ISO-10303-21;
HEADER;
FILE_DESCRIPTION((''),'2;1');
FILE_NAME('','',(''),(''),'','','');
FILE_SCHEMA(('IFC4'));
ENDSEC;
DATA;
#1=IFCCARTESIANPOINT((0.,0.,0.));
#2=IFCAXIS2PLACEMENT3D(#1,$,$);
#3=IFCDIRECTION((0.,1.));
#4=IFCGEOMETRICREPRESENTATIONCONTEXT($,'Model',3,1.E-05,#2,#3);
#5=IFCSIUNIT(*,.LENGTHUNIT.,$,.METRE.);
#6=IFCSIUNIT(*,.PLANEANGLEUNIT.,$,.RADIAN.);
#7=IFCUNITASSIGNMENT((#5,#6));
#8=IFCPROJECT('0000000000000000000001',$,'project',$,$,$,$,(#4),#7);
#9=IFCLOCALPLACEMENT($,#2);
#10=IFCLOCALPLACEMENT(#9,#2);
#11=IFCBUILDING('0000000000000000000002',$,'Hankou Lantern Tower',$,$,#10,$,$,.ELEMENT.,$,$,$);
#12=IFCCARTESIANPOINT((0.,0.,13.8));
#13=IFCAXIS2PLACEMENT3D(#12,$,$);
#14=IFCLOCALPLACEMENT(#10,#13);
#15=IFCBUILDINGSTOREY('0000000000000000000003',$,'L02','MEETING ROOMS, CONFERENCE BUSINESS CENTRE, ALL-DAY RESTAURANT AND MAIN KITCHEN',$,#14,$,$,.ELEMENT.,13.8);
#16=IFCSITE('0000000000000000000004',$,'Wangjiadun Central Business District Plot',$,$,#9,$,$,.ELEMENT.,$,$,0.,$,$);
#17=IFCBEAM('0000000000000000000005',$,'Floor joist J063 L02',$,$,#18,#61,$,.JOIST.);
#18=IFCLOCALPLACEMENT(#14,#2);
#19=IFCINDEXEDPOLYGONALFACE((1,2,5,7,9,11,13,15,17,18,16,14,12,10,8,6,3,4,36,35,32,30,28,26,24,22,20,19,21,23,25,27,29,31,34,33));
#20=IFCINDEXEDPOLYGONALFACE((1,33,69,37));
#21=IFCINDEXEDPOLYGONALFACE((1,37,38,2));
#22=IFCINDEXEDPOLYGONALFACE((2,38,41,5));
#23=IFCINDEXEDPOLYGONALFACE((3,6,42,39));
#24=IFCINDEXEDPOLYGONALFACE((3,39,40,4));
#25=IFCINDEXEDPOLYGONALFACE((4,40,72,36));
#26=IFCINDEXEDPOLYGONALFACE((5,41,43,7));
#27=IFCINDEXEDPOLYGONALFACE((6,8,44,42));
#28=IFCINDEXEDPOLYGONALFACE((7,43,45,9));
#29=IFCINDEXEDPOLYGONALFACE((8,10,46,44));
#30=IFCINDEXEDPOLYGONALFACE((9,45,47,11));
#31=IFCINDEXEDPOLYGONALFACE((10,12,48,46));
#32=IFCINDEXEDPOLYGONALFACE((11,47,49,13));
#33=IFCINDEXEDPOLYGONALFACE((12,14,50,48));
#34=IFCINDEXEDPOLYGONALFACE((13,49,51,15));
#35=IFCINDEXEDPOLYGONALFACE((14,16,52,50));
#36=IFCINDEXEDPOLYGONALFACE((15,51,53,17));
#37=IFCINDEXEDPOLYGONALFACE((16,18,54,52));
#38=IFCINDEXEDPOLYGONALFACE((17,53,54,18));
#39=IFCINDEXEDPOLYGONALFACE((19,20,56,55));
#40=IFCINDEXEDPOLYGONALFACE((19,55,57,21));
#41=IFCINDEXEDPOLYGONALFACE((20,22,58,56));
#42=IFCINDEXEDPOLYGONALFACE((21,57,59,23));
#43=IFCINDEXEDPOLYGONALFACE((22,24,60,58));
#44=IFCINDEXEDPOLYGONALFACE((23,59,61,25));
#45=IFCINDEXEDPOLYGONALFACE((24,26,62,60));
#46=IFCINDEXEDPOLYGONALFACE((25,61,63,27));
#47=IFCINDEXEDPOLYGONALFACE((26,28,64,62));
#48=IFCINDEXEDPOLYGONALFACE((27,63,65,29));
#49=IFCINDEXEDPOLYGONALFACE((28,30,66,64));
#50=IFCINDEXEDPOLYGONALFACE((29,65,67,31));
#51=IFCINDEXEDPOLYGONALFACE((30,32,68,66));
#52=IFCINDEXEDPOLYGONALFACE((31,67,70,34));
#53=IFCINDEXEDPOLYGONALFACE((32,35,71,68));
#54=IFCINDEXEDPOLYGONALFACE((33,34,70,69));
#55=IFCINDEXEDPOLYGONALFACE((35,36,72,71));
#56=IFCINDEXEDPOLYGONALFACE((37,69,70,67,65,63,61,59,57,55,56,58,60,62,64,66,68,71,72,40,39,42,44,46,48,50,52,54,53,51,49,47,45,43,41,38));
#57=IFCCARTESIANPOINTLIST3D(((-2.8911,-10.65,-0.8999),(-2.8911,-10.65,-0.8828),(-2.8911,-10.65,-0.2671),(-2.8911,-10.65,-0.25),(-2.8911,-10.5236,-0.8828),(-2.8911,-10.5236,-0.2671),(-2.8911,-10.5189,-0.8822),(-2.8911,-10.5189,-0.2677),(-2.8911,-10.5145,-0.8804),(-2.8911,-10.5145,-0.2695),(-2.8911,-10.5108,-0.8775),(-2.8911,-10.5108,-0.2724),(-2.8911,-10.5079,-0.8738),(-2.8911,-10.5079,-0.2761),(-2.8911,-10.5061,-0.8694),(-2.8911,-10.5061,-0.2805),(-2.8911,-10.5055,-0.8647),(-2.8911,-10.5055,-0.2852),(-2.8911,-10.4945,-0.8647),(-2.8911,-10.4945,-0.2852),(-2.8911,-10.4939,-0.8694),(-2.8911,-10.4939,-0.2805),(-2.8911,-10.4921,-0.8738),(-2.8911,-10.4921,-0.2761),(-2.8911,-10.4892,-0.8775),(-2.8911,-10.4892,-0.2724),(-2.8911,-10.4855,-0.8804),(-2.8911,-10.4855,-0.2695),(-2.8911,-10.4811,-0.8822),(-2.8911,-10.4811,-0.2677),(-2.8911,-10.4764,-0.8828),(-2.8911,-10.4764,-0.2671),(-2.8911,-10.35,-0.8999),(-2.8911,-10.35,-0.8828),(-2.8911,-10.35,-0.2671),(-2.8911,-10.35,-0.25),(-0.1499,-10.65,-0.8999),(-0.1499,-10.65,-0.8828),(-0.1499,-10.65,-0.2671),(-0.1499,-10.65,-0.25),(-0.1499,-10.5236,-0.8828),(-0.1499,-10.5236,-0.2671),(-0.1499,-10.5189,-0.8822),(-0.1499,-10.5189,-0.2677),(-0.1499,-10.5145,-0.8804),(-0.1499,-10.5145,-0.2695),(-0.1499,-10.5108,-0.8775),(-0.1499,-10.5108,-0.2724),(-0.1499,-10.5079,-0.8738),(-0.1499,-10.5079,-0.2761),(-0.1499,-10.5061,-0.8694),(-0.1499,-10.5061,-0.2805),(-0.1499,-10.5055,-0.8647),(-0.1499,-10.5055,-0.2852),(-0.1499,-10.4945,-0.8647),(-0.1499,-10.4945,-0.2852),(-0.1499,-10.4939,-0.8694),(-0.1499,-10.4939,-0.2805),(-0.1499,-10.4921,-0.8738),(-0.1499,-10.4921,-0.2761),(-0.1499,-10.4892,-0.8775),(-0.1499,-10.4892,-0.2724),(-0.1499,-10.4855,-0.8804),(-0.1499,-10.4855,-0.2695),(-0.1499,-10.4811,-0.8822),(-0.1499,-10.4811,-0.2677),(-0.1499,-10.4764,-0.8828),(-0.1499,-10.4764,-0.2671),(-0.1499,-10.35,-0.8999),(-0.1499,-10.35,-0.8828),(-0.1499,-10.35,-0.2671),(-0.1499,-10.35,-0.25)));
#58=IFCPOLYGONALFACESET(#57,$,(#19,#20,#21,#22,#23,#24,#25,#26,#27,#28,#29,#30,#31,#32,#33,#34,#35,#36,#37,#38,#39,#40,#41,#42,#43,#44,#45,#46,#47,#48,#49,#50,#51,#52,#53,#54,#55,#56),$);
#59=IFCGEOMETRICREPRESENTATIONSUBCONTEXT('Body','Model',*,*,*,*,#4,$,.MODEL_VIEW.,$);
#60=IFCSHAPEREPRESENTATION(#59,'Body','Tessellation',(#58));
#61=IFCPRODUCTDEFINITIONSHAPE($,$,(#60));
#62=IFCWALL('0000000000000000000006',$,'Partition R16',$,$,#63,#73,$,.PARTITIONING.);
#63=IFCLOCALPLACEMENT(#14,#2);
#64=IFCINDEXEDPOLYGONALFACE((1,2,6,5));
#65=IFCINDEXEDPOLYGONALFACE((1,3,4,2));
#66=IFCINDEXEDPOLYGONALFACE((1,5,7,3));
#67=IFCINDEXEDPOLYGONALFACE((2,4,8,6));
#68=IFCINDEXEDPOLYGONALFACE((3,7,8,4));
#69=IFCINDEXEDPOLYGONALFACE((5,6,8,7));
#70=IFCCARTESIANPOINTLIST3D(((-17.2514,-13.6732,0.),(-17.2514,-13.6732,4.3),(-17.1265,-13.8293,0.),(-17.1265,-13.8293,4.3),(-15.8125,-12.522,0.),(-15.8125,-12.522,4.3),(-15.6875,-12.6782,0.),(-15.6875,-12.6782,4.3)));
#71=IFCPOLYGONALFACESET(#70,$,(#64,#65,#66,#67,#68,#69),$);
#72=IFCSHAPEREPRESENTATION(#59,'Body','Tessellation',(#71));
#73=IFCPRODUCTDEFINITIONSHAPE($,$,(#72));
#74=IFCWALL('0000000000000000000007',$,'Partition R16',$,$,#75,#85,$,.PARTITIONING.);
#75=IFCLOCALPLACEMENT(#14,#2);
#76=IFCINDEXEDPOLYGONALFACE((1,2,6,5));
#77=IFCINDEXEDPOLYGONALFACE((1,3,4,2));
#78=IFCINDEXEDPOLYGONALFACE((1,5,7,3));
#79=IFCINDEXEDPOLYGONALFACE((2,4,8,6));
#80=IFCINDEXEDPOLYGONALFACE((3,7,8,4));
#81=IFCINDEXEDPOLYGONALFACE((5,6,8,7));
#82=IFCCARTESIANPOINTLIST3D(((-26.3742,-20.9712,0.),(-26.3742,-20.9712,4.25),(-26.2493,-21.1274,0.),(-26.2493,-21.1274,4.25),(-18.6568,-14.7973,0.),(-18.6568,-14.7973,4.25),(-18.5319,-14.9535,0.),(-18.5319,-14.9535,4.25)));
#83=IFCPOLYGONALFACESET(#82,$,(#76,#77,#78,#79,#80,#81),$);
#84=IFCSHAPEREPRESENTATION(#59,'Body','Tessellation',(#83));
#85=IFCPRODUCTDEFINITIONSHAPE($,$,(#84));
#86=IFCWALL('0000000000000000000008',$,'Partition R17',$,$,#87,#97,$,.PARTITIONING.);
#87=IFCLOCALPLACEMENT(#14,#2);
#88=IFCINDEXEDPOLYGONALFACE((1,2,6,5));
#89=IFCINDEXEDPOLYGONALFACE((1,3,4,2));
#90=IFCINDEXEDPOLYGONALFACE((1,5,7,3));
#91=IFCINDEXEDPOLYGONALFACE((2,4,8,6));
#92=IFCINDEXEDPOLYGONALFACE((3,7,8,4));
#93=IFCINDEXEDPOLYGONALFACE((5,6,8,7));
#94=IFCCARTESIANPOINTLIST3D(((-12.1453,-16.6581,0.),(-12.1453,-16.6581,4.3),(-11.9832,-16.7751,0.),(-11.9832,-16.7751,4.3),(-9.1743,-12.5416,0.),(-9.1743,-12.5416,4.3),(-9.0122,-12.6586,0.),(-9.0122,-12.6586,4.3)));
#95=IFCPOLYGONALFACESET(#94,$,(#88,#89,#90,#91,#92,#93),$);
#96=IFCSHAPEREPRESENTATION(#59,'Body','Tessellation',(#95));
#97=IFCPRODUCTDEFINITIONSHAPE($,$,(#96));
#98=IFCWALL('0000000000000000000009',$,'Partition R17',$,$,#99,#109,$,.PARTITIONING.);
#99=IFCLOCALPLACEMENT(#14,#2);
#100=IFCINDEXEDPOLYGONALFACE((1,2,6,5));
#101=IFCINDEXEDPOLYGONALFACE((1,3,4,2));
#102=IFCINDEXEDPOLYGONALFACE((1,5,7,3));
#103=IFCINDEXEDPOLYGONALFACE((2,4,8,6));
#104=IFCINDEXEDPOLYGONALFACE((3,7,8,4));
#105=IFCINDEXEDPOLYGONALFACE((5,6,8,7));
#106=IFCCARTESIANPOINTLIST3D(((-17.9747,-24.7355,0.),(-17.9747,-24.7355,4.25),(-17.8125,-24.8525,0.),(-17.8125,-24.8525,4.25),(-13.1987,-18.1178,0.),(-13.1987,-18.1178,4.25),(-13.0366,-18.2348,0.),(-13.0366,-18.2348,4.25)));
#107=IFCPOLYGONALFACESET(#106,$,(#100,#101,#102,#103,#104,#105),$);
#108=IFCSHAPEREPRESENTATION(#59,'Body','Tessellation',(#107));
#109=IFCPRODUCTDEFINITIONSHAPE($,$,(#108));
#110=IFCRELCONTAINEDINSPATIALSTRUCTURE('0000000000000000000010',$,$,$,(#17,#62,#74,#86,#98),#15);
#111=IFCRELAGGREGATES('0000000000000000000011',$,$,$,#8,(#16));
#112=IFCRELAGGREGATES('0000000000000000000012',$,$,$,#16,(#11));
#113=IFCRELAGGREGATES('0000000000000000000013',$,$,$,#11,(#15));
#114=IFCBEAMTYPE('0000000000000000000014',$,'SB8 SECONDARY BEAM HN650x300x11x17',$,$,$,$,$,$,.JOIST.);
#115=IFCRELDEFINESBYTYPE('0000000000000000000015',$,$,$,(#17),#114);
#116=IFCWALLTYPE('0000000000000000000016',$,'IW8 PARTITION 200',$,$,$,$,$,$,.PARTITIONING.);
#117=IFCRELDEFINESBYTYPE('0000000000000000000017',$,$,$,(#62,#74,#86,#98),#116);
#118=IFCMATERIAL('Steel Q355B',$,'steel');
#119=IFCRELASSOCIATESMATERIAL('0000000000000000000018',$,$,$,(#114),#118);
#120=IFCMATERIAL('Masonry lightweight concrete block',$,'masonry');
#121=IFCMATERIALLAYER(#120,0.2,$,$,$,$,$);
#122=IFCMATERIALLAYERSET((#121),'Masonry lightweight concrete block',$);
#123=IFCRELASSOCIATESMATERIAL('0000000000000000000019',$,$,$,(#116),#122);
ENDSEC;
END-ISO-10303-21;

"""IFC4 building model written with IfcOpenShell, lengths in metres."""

from ifc_helpers import new_model, si_unit, direction, frame, frame_2d, origin, origin_2d, place, context, subcontext, project, spatial, rectangle, i_section, extrude, material, layer, layer_set, material_profile, profile_set, type_object, element, save


model = new_model("IFC4")

# Units and contexts
model_context = context("Model", 3, precision=1e-05, world=origin(), true_north=direction((0.0, 1.0)))
body_context = subcontext(model_context, "Body", "Model", "MODEL_VIEW")
ifc_project = project(units=[si_unit("LENGTHUNIT", "METRE"), si_unit("PLANEANGLEUNIT", "RADIAN")], contexts=[model_context])

# Site, building, storey
site_placement = place(None, origin())
site = spatial("IfcSite", under=ifc_project, at=site_placement, Name="Wangjiadun Central Business District Plot", CompositionType="ELEMENT", RefElevation=0.0)
building_placement = place(site_placement, origin())
building = spatial("IfcBuilding", under=site, at=building_placement, Name="Hankou Lantern Tower", CompositionType="ELEMENT")
storey_placement = place(building_placement, frame((0.0, 0.0, 13.8)))
storey = spatial("IfcBuildingStorey", under=building, at=storey_placement, Name="L02", Description="MEETING ROOMS, CONFERENCE BUSINESS CENTRE, ALL-DAY RESTAURANT AND MAIN KITCHEN", CompositionType="ELEMENT", Elevation=13.8)

# Beam
ifc_material_1 = material(Name="Steel Q355B", Category="steel")
ifc_material_profile_1 = material_profile(ifc_material_1, i_section(OverallWidth=0.3, OverallDepth=0.6499, WebThickness=0.011, FlangeThickness=0.0171, FilletRadius=0.0181, at=origin_2d()), Name="HN650x300x11x17")
ifc_profile_set_1 = profile_set([ifc_material_profile_1], Name="Steel Q355B")
beam_type_1 = type_object("IfcBeamType", Name="SB8 SECONDARY BEAM HN650x300x11x17", PredefinedType="JOIST", material=ifc_profile_set_1)
beam_1_placement = place(storey_placement, frame((-2.8911, -10.5, -0.575), z_axis=(1.0, 0.0, 0.0), x_axis=(0.0, 1.0, 0.0)))
element("IfcBeam", 1, at=beam_1_placement, inside=storey, type_object=beam_type_1, Name="Floor joist J063 L02", PredefinedType="JOIST", context=body_context, shape_type="SweptSolid", body=[
    extrude(i_section(OverallWidth=0.3, OverallDepth=0.6499, WebThickness=0.011, FlangeThickness=0.0171, FilletRadius=0.0181, at=origin_2d()), origin(), (0.0, 0.0, 1.0), 2.7412),
])

# Walls
ifc_material_2 = material(Name="Masonry lightweight concrete block", Category="masonry")
ifc_layer = layer(ifc_material_2, 0.2)
ifc_layer_set = layer_set([ifc_layer], Name="Masonry lightweight concrete block")
wall_type = type_object("IfcWallType", Name="IW8 PARTITION 200", PredefinedType="PARTITIONING", material=ifc_layer_set)
wall_1_placement = place(storey_placement, frame((-15.75, -12.6001, 0.0), z_axis=(0.0, 0.0, 1.0), x_axis=(-0.780882, -0.624679, 0.0)))
element("IfcWall", 2, at=wall_1_placement, inside=storey, type_object=wall_type, Name="Partition R16", PredefinedType="PARTITIONING", context=body_context, shape_type="SweptSolid", body=[
    extrude(rectangle(XDim=1.8428, YDim=0.2, at=frame_2d((0.9214, 0.0))), origin(), (0.0, 0.0, 1.0), 4.3),
])
wall_2_placement = place(storey_placement, frame((-18.5945, -14.8755, 0.0), z_axis=(0.0, 0.0, 1.0), x_axis=(-0.780869, -0.624695, 0.0)))
element("IfcWall", 3, at=wall_2_placement, inside=storey, type_object=wall_type, Name="Partition R16", PredefinedType="PARTITIONING", context=body_context, shape_type="SweptSolid", body=[
    extrude(rectangle(XDim=9.8831, YDim=0.2, at=frame_2d((4.9414, 0.0))), origin(), (0.0, 0.0, 1.0), 4.25),
])
wall_3_placement = place(storey_placement, frame((-9.0933, -12.6001, 0.0), z_axis=(0.0, 0.0, 1.0), x_axis=(-0.585225, -0.810871, 0.0)))
element("IfcWall", 4, at=wall_3_placement, inside=storey, type_object=wall_type, Name="Partition R17", PredefinedType="PARTITIONING", context=body_context, shape_type="SweptSolid", body=[
    extrude(rectangle(XDim=5.0767, YDim=0.2, at=frame_2d((2.5383, 0.0))), origin(), (0.0, 0.0, 1.0), 4.3),
])
wall_4_placement = place(storey_placement, frame((-13.1177, -18.1763, 0.0), z_axis=(0.0, 0.0, 1.0), x_axis=(-0.585204, -0.810886, 0.0)))
element("IfcWall", 5, at=wall_4_placement, inside=storey, type_object=wall_type, Name="Partition R17", PredefinedType="PARTITIONING", context=body_context, shape_type="SweptSolid", body=[
    extrude(rectangle(XDim=8.1611, YDim=0.2, at=frame_2d((4.0806, 0.0))), origin(), (0.0, 0.0, 1.0), 4.25),
])

save(model, "model.ifc")
